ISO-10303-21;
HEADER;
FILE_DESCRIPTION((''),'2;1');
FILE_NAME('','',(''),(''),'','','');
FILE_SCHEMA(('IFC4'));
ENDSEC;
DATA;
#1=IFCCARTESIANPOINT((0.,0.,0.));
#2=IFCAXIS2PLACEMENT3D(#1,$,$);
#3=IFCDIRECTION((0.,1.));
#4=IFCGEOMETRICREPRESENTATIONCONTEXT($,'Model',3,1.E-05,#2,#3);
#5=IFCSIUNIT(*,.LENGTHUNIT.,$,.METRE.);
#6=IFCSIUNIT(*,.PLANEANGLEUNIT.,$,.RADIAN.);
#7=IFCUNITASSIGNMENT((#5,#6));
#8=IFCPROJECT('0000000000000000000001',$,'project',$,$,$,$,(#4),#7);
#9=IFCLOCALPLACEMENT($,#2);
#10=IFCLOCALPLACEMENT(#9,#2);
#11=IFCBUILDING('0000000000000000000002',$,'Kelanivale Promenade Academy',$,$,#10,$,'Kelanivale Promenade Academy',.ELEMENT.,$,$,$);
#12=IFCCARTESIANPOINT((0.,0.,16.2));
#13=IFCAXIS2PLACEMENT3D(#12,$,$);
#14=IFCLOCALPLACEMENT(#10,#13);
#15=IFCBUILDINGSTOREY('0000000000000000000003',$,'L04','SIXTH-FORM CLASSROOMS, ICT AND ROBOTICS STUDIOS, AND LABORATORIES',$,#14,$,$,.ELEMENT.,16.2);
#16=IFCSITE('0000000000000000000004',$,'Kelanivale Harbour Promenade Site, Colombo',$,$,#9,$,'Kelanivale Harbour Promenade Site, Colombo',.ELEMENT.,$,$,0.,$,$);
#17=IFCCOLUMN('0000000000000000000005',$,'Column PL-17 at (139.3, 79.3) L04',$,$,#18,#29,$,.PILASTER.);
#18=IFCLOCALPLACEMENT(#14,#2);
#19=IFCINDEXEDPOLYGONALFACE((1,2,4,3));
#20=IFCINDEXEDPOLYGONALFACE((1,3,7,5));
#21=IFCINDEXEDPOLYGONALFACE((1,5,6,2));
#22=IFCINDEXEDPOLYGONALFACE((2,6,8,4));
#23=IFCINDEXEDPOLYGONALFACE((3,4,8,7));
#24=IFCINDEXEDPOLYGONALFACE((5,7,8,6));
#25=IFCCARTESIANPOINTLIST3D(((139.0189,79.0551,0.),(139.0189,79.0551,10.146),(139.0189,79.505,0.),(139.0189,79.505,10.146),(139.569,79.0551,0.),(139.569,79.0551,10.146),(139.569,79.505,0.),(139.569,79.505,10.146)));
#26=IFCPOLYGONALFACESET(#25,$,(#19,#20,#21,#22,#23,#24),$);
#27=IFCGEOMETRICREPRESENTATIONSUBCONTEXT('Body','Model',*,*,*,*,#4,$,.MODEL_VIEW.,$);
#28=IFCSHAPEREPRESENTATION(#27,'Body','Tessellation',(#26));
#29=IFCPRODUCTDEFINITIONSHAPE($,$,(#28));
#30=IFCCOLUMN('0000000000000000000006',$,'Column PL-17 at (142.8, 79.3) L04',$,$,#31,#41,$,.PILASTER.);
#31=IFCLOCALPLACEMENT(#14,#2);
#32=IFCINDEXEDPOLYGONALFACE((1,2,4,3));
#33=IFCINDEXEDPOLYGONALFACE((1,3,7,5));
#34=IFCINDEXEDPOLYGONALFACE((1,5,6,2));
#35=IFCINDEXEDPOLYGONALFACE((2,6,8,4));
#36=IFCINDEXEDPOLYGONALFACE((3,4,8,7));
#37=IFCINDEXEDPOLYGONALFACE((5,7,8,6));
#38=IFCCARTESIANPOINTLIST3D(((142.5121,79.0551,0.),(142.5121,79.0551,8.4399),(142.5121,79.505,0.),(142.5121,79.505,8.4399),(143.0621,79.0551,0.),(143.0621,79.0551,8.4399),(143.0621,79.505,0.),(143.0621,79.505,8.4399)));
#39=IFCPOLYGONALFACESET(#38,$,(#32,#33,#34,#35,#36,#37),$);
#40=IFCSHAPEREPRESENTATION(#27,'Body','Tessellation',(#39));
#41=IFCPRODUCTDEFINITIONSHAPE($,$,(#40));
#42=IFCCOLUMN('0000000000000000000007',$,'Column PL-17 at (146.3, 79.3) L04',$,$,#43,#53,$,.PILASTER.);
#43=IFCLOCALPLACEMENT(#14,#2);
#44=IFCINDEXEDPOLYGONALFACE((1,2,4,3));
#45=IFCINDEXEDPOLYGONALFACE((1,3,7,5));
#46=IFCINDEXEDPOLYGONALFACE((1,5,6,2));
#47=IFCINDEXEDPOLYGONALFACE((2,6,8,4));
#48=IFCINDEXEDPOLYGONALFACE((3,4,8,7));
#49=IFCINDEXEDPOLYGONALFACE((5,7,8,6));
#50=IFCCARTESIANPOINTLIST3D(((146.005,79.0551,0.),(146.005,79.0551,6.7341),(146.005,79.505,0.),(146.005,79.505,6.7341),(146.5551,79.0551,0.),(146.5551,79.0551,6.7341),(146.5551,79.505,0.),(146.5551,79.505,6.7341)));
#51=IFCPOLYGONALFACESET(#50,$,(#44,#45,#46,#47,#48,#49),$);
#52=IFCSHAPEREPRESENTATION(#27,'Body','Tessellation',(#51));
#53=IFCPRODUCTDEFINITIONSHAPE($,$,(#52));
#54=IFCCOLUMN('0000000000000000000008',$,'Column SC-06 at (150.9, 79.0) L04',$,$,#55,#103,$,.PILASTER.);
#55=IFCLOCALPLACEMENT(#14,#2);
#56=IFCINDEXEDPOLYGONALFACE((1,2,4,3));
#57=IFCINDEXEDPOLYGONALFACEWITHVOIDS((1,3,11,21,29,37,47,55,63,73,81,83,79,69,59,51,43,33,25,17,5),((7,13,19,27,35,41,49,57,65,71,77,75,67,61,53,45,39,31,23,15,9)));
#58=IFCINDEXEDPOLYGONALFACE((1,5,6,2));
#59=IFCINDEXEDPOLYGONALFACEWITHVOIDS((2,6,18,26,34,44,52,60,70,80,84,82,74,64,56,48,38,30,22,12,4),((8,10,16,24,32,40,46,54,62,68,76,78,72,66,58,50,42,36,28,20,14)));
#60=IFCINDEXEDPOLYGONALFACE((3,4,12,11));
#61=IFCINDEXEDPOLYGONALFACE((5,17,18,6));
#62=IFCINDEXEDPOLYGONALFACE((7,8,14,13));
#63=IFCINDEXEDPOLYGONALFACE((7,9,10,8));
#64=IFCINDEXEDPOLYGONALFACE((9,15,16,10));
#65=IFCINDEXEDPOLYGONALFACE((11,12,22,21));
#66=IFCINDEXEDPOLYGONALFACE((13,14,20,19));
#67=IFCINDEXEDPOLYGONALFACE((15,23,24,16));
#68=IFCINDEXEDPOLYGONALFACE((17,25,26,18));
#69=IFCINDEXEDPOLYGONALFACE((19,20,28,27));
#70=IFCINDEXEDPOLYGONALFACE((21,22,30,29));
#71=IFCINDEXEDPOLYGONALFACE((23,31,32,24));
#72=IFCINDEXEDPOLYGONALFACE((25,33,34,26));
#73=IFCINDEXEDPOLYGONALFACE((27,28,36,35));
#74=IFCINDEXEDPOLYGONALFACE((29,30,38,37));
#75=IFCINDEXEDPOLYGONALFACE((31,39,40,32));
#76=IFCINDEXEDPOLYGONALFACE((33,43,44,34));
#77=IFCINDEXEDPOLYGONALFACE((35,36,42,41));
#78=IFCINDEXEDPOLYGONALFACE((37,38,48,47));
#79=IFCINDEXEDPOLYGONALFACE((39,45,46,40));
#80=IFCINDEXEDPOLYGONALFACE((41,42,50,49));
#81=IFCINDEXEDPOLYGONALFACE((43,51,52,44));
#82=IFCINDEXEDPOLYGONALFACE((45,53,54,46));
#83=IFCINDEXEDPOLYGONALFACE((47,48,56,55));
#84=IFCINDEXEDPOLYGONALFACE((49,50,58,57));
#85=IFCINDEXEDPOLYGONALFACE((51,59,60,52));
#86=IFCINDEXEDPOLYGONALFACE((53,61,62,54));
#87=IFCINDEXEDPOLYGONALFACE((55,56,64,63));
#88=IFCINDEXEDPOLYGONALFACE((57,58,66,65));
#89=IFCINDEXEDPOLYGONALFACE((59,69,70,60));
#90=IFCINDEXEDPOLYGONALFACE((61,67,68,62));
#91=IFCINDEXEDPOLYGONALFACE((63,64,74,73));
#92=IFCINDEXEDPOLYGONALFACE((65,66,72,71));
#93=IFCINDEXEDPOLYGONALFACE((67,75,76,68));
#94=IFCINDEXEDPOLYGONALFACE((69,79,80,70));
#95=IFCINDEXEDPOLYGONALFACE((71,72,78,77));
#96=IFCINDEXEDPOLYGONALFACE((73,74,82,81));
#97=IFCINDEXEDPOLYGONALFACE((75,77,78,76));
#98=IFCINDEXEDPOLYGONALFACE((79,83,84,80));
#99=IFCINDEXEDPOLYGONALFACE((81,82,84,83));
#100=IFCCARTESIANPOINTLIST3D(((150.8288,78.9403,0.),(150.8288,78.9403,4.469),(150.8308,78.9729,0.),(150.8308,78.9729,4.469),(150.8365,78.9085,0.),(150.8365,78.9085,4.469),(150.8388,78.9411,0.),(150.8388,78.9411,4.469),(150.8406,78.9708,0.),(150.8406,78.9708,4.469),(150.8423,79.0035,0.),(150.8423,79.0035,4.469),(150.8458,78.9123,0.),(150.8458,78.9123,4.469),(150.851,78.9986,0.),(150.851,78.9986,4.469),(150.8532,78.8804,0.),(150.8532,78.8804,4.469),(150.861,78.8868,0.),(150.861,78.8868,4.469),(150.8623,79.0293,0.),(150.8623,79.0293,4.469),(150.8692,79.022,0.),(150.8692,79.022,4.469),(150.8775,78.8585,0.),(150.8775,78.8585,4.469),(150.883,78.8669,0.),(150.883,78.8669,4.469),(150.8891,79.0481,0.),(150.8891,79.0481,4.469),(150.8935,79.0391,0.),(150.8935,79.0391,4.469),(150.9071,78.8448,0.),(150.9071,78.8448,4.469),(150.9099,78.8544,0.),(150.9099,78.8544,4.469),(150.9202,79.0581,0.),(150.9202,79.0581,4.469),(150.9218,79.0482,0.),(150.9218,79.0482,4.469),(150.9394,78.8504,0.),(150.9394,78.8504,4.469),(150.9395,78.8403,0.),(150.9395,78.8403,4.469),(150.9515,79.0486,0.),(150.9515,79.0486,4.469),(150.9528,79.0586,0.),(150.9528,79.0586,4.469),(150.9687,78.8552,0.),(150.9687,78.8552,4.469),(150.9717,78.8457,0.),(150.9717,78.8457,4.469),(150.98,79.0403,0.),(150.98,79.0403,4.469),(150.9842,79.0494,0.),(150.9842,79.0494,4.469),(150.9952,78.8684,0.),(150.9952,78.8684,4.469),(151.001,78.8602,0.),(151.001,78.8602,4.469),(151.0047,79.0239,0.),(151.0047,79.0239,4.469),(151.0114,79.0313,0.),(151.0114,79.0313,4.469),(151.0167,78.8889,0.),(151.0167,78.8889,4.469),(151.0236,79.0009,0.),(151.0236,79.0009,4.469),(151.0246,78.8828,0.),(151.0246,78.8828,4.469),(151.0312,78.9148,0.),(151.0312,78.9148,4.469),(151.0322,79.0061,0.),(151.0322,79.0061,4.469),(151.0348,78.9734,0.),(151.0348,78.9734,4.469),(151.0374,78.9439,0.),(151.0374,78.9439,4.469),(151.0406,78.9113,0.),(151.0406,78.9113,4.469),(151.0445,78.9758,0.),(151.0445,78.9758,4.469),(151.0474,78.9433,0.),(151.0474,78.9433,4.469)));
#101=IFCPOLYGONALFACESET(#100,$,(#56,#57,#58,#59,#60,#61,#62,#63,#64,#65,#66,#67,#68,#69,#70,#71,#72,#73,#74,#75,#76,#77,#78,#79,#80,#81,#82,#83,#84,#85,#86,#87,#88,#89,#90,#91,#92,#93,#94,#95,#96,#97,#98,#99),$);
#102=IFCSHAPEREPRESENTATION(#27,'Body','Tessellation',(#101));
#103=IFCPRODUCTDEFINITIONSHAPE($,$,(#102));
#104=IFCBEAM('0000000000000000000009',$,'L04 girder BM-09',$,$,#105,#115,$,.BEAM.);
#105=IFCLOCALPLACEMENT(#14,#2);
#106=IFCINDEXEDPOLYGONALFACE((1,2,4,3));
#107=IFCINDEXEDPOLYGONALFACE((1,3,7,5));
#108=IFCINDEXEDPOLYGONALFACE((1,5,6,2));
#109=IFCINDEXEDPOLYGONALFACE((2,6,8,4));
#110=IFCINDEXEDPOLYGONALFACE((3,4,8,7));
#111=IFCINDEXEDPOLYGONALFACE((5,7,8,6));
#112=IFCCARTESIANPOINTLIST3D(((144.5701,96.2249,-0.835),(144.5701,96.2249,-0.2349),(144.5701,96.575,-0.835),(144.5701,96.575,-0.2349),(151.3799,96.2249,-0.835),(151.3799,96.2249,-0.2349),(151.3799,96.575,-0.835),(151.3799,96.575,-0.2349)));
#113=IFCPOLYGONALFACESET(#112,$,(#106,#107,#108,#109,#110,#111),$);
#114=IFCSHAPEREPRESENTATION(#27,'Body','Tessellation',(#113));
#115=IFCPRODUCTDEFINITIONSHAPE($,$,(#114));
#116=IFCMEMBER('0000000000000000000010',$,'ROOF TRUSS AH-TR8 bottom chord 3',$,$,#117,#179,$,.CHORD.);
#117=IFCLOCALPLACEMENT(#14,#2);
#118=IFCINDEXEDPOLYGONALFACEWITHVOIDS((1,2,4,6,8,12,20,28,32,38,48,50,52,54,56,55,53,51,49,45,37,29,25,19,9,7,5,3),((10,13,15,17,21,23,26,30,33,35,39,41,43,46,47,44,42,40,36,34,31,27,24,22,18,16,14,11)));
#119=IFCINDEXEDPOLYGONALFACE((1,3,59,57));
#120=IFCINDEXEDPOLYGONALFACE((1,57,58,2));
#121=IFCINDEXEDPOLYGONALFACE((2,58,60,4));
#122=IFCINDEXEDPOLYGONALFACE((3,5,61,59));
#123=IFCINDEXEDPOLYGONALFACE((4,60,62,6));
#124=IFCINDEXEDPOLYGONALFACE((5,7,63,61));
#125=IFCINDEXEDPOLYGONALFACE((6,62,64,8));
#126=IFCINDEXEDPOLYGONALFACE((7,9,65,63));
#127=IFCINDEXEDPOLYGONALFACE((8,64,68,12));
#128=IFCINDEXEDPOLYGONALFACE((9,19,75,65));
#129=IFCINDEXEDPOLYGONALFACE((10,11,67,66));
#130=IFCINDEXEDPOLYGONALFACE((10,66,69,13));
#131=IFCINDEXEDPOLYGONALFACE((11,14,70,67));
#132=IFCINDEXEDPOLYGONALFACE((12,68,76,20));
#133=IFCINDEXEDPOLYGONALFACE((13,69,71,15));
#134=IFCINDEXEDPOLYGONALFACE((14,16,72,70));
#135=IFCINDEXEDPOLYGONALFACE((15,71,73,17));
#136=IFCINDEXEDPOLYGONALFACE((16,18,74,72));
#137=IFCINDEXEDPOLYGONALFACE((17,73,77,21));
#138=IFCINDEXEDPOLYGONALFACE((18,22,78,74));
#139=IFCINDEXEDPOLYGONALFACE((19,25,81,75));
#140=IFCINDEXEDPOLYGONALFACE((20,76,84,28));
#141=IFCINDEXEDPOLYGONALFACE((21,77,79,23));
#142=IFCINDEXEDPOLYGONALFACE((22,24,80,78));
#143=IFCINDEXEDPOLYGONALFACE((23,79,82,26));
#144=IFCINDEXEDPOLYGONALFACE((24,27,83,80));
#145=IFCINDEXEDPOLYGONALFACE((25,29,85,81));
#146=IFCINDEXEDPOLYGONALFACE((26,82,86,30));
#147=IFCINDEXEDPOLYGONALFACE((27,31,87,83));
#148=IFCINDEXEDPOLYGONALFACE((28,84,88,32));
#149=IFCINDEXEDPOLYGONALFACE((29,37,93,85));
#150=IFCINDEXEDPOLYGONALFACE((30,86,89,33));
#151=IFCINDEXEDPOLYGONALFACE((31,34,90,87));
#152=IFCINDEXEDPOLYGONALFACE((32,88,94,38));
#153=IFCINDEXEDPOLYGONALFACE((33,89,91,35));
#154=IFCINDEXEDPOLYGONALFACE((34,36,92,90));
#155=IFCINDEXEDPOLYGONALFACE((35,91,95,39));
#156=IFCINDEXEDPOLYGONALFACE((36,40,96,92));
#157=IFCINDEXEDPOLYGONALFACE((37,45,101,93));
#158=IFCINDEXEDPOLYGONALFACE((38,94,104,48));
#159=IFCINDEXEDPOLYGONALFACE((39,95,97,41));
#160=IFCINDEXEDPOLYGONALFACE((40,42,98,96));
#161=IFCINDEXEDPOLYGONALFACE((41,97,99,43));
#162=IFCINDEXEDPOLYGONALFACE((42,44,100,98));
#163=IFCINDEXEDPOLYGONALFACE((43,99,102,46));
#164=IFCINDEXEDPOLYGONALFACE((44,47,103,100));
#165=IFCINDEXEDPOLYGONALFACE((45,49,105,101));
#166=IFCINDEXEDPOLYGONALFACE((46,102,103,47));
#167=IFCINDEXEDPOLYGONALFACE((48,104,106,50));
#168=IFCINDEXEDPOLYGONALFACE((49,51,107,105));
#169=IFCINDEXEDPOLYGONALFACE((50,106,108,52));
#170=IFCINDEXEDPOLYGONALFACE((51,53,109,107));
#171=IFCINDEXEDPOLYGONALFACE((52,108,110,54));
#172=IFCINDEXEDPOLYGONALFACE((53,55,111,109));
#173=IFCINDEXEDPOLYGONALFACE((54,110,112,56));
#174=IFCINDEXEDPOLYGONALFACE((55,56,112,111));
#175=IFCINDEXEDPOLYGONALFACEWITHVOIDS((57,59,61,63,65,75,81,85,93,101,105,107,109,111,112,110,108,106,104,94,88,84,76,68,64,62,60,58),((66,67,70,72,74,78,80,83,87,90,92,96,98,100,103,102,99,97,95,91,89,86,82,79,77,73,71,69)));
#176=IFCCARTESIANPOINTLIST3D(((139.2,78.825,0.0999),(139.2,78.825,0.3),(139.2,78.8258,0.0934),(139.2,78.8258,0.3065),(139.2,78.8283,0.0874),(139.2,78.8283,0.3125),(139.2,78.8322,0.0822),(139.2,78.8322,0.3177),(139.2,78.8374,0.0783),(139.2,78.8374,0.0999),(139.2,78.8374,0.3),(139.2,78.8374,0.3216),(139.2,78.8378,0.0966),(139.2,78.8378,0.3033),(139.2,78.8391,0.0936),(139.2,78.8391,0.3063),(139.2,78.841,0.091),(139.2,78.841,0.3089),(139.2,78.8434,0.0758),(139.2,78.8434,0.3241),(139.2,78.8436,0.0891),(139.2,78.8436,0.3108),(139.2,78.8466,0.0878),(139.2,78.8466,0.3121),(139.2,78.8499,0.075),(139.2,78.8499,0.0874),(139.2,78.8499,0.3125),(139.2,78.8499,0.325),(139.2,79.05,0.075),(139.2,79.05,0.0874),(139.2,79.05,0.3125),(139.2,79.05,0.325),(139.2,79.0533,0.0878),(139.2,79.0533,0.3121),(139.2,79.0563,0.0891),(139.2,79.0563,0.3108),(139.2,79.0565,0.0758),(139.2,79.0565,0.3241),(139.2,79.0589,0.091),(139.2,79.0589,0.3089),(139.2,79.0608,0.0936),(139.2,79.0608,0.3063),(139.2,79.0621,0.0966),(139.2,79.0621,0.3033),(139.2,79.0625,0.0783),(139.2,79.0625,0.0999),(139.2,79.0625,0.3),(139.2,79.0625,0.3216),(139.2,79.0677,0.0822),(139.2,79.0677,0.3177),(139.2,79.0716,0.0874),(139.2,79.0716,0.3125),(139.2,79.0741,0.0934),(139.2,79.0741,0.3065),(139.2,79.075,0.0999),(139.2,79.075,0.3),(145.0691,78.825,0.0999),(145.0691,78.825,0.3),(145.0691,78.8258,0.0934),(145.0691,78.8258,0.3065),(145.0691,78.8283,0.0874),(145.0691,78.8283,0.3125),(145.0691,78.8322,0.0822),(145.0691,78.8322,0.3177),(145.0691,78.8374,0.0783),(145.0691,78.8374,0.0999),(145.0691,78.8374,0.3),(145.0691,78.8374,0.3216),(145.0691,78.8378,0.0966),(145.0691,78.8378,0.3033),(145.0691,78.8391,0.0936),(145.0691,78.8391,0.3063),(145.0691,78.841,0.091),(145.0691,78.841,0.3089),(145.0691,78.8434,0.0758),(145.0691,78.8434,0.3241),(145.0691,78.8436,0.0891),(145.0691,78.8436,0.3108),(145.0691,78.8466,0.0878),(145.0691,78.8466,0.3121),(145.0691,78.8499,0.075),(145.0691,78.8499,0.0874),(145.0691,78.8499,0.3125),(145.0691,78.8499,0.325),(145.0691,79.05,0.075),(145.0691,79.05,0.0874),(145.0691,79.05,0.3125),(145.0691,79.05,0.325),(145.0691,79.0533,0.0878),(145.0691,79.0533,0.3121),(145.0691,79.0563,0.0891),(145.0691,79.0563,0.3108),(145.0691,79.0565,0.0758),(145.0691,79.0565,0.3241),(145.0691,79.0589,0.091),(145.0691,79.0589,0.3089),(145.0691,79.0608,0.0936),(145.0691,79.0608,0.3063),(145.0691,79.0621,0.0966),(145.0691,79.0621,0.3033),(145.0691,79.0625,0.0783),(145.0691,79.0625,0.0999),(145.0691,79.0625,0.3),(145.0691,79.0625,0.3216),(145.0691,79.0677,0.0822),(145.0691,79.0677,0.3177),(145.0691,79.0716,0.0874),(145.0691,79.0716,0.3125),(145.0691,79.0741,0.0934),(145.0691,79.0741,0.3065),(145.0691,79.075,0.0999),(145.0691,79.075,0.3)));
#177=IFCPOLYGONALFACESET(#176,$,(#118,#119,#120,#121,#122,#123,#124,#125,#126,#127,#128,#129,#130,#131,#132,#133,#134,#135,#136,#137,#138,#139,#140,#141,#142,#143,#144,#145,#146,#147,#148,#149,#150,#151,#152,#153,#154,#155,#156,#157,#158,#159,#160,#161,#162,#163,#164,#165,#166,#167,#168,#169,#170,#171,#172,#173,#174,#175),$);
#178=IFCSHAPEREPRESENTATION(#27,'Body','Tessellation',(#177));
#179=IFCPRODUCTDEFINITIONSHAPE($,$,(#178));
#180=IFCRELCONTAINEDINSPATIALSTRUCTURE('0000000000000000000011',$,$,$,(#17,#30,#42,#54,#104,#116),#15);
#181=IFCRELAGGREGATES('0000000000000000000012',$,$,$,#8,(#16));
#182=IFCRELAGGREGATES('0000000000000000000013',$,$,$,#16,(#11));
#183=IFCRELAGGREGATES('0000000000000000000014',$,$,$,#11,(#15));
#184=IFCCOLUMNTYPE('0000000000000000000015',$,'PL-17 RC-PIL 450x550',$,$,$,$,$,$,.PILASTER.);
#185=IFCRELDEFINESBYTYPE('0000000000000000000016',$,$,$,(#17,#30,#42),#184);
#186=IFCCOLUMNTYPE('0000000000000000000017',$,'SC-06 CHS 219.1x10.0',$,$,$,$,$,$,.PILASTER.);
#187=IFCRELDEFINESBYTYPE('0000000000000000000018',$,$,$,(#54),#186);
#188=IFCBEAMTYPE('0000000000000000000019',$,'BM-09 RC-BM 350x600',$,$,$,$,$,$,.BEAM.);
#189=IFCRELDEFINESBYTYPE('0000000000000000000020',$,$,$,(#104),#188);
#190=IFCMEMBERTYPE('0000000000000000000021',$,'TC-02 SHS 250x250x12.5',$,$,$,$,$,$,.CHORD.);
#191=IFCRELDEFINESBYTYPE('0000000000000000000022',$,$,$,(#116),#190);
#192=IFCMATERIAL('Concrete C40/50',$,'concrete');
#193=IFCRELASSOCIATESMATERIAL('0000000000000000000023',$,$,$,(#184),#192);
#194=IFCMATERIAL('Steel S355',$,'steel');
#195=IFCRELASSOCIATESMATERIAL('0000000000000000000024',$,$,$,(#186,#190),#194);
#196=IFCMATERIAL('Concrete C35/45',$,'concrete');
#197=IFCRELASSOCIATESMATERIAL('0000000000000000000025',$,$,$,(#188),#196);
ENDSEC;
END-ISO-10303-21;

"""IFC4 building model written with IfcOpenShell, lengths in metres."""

from ifc_helpers import new_model, si_unit, direction, frame, origin, origin_2d, place, context, subcontext, project, spatial, rectangle, hollow_rectangle, hollow_circle, extrude, material, material_profile, profile_set, type_object, element, save


model = new_model("IFC4")

# Units and contexts
model_context = context("Model", 3, precision=1e-05, world=origin(), true_north=direction((0.0, 1.0)))
body_context = subcontext(model_context, "Body", "Model", "MODEL_VIEW")
ifc_project = project(units=[si_unit("LENGTHUNIT", "METRE"), si_unit("PLANEANGLEUNIT", "RADIAN")], contexts=[model_context])

# Site, building, storey
site_placement = place(None, origin())
site = spatial("IfcSite", under=ifc_project, at=site_placement, Name="Kelanivale Harbour Promenade Site, Colombo", LongName="Kelanivale Harbour Promenade Site, Colombo", CompositionType="ELEMENT", RefElevation=0.0)
building_placement = place(site_placement, origin())
building = spatial("IfcBuilding", under=site, at=building_placement, Name="Kelanivale Promenade Academy", LongName="Kelanivale Promenade Academy", CompositionType="ELEMENT")
storey_placement = place(building_placement, frame((0.0, 0.0, 16.2)))
storey = spatial("IfcBuildingStorey", under=building, at=storey_placement, Name="L04", Description="SIXTH-FORM CLASSROOMS, ICT AND ROBOTICS STUDIOS, AND LABORATORIES", CompositionType="ELEMENT", Elevation=16.2)

# Columns
ifc_material_1 = material(Name="Concrete C40/50", Category="concrete")
ifc_material_profile_1 = material_profile(ifc_material_1, rectangle(XDim=0.45, YDim=0.55, at=origin_2d()), Name="RC-PIL 450x550")
ifc_profile_set_1 = profile_set([ifc_material_profile_1], Name="Concrete C40/50")
column_type_1 = type_object("IfcColumnType", Name="PL-17 RC-PIL 450x550", PredefinedType="PILASTER", material=ifc_profile_set_1)
column_1_placement = place(storey_placement, frame((139.2939, 79.28, 0.0), z_axis=(0.0, 0.0, 1.0), x_axis=(0.0, 1.0, 0.0)))
element("IfcColumn", 1, at=column_1_placement, inside=storey, type_object=column_type_1, Name="Column PL-17 at (139.3, 79.3) L04", PredefinedType="PILASTER", context=body_context, shape_type="SweptSolid", body=[
    extrude(rectangle(XDim=0.45, YDim=0.55, at=origin_2d()), origin(), (0.0, 0.0, 1.0), 10.146),
])
column_2_placement = place(storey_placement, frame((142.7871, 79.28, 0.0), z_axis=(0.0, 0.0, 1.0), x_axis=(0.0, 1.0, 0.0)))
element("IfcColumn", 2, at=column_2_placement, inside=storey, type_object=column_type_1, Name="Column PL-17 at (142.8, 79.3) L04", PredefinedType="PILASTER", context=body_context, shape_type="SweptSolid", body=[
    extrude(rectangle(XDim=0.45, YDim=0.55, at=origin_2d()), origin(), (0.0, 0.0, 1.0), 8.4399),
])
column_3_placement = place(storey_placement, frame((146.28, 79.28, 0.0), z_axis=(0.0, 0.0, 1.0), x_axis=(0.0, 1.0, 0.0)))
element("IfcColumn", 3, at=column_3_placement, inside=storey, type_object=column_type_1, Name="Column PL-17 at (146.3, 79.3) L04", PredefinedType="PILASTER", context=body_context, shape_type="SweptSolid", body=[
    extrude(rectangle(XDim=0.45, YDim=0.55, at=origin_2d()), origin(), (0.0, 0.0, 1.0), 6.7341),
])
ifc_material_2 = material(Name="Steel S355", Category="steel")
ifc_material_profile_2 = material_profile(ifc_material_2, hollow_circle(Radius=0.1096, WallThickness=0.01, at=origin_2d()), Name="CHS 219.1x10.0")
ifc_profile_set_2 = profile_set([ifc_material_profile_2], Name="Steel S355")
column_type_2 = type_object("IfcColumnType", Name="SC-06 CHS 219.1x10.0", PredefinedType="PILASTER", material=ifc_profile_set_2)
column_4_placement = place(storey_placement, frame((150.938, 78.95, 0.0), z_axis=(0.0, 0.0, 1.0), x_axis=(-0.446198, 0.894934, 0.0)))
element("IfcColumn", 4, at=column_4_placement, inside=storey, type_object=column_type_2, Name="Column SC-06 at (150.9, 79.0) L04", PredefinedType="PILASTER", context=body_context, shape_type="SweptSolid", body=[
    extrude(hollow_circle(Radius=0.1096, WallThickness=0.01, at=origin_2d()), origin(), (0.0, 0.0, 1.0), 4.469),
])

# Beam
ifc_material_3 = material(Name="Concrete C35/45", Category="concrete")
ifc_material_profile_3 = material_profile(ifc_material_3, rectangle(XDim=0.3501, YDim=0.6001, at=origin_2d()), Name="RC-BM 350x600")
ifc_profile_set_3 = profile_set([ifc_material_profile_3], Name="Concrete C35/45")
beam_type = type_object("IfcBeamType", Name="BM-09 RC-BM 350x600", PredefinedType="BEAM", material=ifc_profile_set_3)
beam_placement = place(storey_placement, frame((144.5701, 96.3999, -0.5349), z_axis=(1.0, 0.0, 0.0), x_axis=(0.0, 1.0, 0.0)))
element("IfcBeam", 5, at=beam_placement, inside=storey, type_object=beam_type, Name="L04 girder BM-09", PredefinedType="BEAM", context=body_context, shape_type="SweptSolid", body=[
    extrude(rectangle(XDim=0.3501, YDim=0.6001, at=origin_2d()), origin(), (0.0, 0.0, 1.0), 6.8098),
])

# Member
ifc_material_profile_4 = material_profile(ifc_material_2, hollow_rectangle(XDim=0.25, YDim=0.25, WallThickness=0.0125, InnerFilletRadius=0.0125, OuterFilletRadius=0.0249, at=origin_2d()), Name="SHS 250x250x12.5")
ifc_profile_set_4 = profile_set([ifc_material_profile_4], Name="Steel S355")
member_type_1 = type_object("IfcMemberType", Name="TC-02 SHS 250x250x12.5", PredefinedType="CHORD", material=ifc_profile_set_4)
member_1_placement = place(storey_placement, frame((139.2, 78.95, 0.2), z_axis=(1.0, 0.0, 0.0), x_axis=(0.0, 1.0, 0.0)))
element("IfcMember", 6, at=member_1_placement, inside=storey, type_object=member_type_1, Name="ROOF TRUSS AH-TR8 bottom chord 3", PredefinedType="CHORD", context=body_context, shape_type="SweptSolid", body=[
    extrude(hollow_rectangle(XDim=0.25, YDim=0.25, WallThickness=0.0125, InnerFilletRadius=0.0125, OuterFilletRadius=0.0249, at=origin_2d()), origin(), (0.0, 0.0, 1.0), 5.8691),
])

save(model, "model.ifc")
